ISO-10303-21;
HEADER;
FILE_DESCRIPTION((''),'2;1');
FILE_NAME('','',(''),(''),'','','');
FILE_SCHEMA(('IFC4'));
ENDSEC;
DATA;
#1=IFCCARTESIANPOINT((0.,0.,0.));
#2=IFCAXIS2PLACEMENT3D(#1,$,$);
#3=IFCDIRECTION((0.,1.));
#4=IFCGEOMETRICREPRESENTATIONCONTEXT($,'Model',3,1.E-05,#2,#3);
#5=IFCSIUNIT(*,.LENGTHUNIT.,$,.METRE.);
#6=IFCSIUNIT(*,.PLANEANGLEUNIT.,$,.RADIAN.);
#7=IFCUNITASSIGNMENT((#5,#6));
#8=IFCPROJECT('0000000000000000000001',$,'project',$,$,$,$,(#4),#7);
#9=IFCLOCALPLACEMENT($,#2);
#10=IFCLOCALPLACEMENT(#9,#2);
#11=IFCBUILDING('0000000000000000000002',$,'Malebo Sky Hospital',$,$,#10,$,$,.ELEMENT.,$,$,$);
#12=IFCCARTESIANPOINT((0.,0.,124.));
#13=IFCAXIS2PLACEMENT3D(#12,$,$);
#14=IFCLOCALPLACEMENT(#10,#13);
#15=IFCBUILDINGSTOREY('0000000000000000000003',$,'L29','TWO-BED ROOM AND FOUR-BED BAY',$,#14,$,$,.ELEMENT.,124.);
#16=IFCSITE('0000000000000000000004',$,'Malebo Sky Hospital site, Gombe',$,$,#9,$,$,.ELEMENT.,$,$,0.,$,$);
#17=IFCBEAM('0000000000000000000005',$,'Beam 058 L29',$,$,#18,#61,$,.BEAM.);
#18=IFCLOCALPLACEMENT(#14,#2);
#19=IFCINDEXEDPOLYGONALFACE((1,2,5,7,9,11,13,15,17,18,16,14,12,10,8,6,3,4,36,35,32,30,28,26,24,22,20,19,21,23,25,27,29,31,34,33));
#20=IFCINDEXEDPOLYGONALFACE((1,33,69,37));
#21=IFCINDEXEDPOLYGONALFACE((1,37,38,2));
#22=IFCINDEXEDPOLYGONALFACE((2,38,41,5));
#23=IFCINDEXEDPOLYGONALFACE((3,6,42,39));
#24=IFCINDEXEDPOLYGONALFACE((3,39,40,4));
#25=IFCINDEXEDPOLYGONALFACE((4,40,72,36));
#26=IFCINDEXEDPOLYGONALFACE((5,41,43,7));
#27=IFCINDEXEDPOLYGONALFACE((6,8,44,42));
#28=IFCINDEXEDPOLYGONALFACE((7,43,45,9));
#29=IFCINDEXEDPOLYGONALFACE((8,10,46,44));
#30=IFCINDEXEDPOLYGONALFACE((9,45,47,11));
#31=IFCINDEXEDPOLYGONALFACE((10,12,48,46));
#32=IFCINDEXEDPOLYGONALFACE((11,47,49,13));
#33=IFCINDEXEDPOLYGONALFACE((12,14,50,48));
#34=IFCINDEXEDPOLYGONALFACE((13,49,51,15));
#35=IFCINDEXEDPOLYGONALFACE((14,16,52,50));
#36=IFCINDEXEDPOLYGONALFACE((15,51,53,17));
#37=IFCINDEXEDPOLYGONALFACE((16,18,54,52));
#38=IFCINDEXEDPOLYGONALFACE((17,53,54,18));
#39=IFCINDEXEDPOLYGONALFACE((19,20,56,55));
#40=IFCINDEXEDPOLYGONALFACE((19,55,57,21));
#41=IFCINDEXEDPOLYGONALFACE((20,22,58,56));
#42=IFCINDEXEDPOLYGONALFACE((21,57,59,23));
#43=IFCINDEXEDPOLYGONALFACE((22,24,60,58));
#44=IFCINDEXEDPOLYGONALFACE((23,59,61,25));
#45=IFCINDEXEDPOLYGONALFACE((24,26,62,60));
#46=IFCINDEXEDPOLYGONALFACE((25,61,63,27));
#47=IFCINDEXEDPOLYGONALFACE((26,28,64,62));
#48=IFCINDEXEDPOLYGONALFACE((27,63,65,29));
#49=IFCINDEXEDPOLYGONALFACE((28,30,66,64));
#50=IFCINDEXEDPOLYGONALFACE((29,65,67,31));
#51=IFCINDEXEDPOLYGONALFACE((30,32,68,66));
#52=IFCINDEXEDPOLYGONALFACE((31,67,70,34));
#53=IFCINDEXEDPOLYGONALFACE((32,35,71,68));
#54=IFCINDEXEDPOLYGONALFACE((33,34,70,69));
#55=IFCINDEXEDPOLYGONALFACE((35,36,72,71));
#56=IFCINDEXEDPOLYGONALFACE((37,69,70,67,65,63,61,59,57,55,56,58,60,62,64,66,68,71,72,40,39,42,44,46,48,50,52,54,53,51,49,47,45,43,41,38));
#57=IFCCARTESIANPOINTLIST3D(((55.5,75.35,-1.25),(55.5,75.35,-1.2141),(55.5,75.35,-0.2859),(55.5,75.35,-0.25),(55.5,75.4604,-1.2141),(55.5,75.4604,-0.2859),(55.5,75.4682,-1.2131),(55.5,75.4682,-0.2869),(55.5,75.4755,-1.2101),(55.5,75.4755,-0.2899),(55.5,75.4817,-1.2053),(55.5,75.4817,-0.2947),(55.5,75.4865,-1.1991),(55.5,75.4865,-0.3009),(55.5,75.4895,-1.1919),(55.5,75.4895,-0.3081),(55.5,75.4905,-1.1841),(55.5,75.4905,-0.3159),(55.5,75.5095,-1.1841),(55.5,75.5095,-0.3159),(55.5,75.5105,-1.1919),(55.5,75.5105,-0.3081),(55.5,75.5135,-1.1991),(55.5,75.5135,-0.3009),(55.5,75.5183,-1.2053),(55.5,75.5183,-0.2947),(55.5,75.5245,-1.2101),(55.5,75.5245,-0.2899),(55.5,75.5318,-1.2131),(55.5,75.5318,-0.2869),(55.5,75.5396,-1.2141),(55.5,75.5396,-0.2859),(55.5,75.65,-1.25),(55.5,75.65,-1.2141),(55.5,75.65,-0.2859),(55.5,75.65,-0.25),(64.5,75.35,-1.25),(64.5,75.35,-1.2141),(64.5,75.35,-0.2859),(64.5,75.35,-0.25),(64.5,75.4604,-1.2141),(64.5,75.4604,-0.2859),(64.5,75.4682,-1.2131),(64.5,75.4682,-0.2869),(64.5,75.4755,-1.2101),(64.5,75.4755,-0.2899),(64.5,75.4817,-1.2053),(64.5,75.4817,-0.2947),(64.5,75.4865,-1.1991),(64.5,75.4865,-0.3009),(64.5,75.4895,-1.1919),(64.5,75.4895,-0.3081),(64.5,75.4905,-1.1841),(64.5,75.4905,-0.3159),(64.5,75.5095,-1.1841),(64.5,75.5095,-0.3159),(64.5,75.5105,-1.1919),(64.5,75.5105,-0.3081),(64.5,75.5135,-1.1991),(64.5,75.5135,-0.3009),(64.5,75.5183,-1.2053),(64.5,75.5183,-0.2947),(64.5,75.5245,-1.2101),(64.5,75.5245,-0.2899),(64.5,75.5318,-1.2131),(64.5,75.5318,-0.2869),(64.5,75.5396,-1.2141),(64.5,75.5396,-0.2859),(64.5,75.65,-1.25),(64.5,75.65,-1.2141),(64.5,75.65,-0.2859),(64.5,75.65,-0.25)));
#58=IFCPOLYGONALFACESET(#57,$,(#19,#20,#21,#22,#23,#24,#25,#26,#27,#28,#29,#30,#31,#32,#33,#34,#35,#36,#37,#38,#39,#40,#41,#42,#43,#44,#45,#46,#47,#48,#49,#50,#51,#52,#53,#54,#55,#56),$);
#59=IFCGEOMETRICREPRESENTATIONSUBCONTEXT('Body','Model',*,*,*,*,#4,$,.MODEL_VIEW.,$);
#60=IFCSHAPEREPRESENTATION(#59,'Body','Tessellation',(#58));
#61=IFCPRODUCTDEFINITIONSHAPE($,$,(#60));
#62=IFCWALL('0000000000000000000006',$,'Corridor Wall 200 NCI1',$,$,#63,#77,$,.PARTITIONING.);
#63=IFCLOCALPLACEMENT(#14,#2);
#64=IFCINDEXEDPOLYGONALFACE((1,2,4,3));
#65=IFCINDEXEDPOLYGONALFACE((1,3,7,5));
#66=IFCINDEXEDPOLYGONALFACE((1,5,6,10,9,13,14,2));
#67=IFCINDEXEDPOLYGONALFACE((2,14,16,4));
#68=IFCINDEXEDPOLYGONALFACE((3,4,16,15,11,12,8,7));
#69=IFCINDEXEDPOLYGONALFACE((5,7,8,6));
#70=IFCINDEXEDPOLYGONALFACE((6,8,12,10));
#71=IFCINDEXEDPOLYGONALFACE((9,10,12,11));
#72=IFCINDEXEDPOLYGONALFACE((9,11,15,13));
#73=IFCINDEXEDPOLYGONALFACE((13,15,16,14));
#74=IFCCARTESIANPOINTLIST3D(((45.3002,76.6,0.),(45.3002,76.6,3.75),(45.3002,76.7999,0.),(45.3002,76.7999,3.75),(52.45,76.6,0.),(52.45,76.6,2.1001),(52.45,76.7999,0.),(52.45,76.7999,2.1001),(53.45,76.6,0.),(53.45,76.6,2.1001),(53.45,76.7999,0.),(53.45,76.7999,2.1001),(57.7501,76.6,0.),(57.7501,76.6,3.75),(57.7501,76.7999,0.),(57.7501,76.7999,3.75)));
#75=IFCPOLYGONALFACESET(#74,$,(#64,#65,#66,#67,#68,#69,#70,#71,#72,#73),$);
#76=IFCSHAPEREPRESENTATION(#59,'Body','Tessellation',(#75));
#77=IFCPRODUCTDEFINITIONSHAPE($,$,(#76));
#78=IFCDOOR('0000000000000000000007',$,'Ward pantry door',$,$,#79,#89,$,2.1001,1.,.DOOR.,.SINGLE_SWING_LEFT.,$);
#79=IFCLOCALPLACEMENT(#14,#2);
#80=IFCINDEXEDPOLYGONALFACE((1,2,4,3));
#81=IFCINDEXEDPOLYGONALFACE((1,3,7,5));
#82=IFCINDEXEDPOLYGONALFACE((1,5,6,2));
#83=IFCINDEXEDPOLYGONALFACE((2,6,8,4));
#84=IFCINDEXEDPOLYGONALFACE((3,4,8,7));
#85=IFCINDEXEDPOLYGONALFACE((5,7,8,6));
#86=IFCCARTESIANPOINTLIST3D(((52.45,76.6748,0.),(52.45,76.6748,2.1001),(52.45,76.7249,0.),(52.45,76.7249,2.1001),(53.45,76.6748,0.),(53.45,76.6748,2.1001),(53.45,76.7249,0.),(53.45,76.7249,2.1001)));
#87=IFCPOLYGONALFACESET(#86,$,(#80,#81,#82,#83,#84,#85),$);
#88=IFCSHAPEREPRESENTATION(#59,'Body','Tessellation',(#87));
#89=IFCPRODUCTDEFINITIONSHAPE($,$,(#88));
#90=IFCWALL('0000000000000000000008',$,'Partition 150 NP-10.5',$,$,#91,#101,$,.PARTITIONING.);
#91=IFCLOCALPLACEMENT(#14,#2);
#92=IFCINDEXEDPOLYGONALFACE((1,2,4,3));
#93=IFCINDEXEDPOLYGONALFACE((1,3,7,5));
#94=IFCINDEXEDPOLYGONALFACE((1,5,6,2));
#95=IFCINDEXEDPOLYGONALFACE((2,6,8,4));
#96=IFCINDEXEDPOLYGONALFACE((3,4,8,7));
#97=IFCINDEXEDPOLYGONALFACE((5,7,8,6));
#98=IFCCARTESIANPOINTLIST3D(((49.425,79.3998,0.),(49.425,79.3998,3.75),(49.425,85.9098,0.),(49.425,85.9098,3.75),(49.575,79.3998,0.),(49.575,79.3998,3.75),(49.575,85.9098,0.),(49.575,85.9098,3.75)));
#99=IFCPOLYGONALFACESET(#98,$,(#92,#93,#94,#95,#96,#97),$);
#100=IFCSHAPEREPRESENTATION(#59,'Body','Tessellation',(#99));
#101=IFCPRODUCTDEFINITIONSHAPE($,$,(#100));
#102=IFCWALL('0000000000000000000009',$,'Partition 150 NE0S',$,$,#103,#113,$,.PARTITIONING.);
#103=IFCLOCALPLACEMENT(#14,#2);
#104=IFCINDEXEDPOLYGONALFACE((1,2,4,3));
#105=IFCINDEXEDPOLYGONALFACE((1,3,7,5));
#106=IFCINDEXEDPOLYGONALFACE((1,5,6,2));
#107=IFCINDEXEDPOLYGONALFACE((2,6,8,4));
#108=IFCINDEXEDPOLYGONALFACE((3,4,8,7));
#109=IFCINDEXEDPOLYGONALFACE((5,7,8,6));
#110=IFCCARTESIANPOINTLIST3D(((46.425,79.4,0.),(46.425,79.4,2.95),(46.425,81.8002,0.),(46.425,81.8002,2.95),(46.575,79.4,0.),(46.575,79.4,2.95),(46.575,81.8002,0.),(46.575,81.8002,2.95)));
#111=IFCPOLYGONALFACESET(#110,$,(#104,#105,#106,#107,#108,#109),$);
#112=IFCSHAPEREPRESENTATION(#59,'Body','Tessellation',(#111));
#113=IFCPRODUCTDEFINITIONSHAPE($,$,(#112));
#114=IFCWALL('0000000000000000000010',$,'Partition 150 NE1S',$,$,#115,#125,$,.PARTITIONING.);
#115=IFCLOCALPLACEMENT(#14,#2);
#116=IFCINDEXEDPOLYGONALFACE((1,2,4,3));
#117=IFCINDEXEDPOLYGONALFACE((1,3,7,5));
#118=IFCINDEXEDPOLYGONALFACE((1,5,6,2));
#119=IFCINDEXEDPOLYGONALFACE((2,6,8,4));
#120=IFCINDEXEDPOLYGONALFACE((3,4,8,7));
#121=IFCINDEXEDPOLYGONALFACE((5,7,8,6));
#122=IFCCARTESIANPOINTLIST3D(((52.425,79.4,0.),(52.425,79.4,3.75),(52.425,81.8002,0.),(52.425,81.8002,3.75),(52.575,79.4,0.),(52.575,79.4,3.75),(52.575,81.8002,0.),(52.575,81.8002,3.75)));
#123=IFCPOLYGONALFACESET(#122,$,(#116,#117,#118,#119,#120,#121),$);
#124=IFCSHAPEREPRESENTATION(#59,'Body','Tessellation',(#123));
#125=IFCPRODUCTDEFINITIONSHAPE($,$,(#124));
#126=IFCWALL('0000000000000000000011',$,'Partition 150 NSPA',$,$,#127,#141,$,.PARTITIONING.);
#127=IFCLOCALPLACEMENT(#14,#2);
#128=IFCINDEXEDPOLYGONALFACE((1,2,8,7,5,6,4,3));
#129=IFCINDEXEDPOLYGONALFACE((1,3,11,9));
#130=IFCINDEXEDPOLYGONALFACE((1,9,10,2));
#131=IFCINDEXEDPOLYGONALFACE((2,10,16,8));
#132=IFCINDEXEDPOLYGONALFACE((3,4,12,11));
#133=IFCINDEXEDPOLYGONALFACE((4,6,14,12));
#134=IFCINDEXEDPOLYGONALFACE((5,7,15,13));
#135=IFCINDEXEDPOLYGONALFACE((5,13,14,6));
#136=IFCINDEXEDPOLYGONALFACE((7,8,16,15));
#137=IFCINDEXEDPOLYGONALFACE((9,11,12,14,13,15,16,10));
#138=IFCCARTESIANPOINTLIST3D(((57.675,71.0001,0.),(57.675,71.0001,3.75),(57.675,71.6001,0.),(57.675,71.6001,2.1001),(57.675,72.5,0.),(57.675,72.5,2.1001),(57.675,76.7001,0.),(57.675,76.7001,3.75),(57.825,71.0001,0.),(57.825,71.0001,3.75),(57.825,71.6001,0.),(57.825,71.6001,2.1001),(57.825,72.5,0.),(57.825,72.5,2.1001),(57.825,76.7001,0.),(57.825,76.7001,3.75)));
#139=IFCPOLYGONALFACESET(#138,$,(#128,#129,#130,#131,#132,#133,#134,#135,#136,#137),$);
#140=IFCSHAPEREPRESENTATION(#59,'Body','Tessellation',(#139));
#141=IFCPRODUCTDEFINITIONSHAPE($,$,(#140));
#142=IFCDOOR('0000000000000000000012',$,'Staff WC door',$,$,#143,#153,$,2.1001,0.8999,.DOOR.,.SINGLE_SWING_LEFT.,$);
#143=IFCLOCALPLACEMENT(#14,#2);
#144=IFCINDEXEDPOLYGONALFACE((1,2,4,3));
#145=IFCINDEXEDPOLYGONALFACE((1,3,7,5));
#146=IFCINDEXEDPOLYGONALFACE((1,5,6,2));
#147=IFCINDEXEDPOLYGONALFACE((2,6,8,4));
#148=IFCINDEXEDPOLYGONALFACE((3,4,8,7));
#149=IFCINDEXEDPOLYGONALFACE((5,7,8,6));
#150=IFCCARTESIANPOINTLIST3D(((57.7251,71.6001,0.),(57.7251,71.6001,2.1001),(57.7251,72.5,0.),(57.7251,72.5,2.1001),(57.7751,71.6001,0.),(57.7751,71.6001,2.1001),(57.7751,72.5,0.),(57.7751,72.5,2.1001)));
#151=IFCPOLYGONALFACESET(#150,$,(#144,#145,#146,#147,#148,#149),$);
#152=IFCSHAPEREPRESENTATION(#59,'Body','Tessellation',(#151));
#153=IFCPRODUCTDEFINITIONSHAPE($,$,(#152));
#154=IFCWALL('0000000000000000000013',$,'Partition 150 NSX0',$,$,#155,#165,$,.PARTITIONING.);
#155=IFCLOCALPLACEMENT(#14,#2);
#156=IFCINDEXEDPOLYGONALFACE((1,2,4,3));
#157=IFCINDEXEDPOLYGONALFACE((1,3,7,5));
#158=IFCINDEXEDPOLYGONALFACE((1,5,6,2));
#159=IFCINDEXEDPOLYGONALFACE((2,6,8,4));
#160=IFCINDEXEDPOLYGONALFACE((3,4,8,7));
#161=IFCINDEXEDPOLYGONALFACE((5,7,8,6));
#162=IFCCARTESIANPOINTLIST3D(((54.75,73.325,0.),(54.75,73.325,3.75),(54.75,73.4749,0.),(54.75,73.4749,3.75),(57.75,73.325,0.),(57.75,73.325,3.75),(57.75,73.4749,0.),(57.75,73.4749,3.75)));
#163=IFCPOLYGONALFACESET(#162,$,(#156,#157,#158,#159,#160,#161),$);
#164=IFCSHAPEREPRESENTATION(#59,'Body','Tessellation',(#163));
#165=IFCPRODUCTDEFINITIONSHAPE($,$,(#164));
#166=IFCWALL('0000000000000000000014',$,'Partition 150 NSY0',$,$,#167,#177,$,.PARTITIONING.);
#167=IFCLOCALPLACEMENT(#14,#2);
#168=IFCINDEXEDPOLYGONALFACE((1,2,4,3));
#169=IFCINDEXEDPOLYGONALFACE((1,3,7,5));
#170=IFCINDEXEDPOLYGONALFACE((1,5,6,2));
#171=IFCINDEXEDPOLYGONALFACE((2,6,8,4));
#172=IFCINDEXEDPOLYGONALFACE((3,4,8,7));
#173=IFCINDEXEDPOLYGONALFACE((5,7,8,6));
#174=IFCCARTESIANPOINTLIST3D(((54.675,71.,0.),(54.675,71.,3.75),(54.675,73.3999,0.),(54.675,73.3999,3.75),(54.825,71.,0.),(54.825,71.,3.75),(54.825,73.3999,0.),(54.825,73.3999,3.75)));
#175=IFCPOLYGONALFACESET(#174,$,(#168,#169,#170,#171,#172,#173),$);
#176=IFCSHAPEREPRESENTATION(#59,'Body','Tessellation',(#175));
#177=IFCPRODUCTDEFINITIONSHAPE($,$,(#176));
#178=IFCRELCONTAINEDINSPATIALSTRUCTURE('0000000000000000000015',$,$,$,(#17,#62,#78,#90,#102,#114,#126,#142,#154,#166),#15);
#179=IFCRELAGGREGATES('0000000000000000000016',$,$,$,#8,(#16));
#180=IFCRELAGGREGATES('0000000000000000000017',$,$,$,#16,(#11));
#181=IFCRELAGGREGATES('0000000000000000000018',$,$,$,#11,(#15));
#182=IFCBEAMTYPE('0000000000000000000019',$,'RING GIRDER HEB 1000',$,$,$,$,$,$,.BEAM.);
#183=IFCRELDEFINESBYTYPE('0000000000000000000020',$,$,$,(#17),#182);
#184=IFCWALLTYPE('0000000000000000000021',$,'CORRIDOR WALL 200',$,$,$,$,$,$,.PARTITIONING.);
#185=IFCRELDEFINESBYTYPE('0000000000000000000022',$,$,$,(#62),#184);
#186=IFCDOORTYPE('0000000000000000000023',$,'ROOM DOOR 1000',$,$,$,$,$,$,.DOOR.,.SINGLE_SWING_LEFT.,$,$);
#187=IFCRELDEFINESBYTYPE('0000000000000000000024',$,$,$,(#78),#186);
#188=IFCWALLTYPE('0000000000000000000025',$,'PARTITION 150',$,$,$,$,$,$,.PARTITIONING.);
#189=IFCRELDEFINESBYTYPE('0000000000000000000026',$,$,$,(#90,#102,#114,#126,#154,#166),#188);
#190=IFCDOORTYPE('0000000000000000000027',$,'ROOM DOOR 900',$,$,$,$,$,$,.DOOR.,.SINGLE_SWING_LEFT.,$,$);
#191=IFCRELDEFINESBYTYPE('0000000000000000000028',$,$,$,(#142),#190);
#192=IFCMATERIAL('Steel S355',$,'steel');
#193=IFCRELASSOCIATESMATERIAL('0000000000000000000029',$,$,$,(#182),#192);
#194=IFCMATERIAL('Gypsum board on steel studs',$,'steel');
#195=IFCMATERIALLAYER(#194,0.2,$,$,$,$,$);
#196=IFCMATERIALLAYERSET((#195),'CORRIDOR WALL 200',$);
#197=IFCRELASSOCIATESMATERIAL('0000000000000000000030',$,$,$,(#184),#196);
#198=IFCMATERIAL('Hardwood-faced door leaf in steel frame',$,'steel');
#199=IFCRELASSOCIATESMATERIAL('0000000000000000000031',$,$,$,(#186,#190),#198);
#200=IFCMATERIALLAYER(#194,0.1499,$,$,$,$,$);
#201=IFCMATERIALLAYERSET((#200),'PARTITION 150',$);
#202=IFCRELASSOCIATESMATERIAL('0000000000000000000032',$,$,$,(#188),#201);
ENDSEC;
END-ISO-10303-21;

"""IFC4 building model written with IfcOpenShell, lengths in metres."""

from ifc_helpers import new_model, si_unit, direction, frame, frame_2d, origin, origin_2d, place, context, subcontext, project, spatial, rectangle, i_section, extrude, material, layer, layer_set, material_profile, profile_set, type_object, element, fill, save


model = new_model("IFC4")

# Units and contexts
model_context = context("Model", 3, precision=1e-05, world=origin(), true_north=direction((0.0, 1.0)))
body_context = subcontext(model_context, "Body", "Model", "MODEL_VIEW")
ifc_project = project(units=[si_unit("LENGTHUNIT", "METRE"), si_unit("PLANEANGLEUNIT", "RADIAN")], contexts=[model_context])

# Site, building, storey
site_placement = place(None, origin())
site = spatial("IfcSite", under=ifc_project, at=site_placement, Name="Malebo Sky Hospital site, Gombe", CompositionType="ELEMENT", RefElevation=0.0)
building_placement = place(site_placement, origin())
building = spatial("IfcBuilding", under=site, at=building_placement, Name="Malebo Sky Hospital", CompositionType="ELEMENT")
storey_placement = place(building_placement, frame((0.0, 0.0, 124.0)))
storey = spatial("IfcBuildingStorey", under=building, at=storey_placement, Name="L29", Description="TWO-BED ROOM AND FOUR-BED BAY", CompositionType="ELEMENT", Elevation=124.0)

# Beam
ifc_material_1 = material(Name="Steel S355", Category="steel")
ifc_material_profile_1 = material_profile(ifc_material_1, i_section(OverallWidth=0.3, OverallDepth=1.0, WebThickness=0.019, FlangeThickness=0.0359, FilletRadius=0.03, at=origin_2d()), Name="HEB 1000")
ifc_profile_set_1 = profile_set([ifc_material_profile_1], Name="Steel S355")
beam_type_1 = type_object("IfcBeamType", Name="RING GIRDER HEB 1000", PredefinedType="BEAM", material=ifc_profile_set_1)
beam_1_placement = place(storey_placement, frame((55.5, 75.5, -0.75), z_axis=(1.0, 0.0, 0.0), x_axis=(0.0, 1.0, 0.0)))
element("IfcBeam", 1, at=beam_1_placement, inside=storey, type_object=beam_type_1, Name="Beam 058 L29", PredefinedType="BEAM", context=body_context, shape_type="SweptSolid", body=[
    extrude(i_section(OverallWidth=0.3, OverallDepth=1.0, WebThickness=0.019, FlangeThickness=0.0359, FilletRadius=0.03, at=origin_2d()), origin(), (0.0, 0.0, 1.0), 9.0),
])

# Wall, opening, door
ifc_material_2 = material(Name="Gypsum board on steel studs", Category="steel")
ifc_layer_1 = layer(ifc_material_2, 0.2)
ifc_layer_set_1 = layer_set([ifc_layer_1], Name="CORRIDOR WALL 200")
wall_type_1 = type_object("IfcWallType", Name="CORRIDOR WALL 200", PredefinedType="PARTITIONING", material=ifc_layer_set_1)
wall_1_placement = place(storey_placement, frame((45.3, 76.7, 0.0), z_axis=(0.0, 0.0, 1.0), x_axis=(1.0, 0.0, 0.0)))
wall_1 = element("IfcWall", 2, at=wall_1_placement, inside=storey, type_object=wall_type_1, Name="Corridor Wall 200 NCI1", PredefinedType="PARTITIONING", context=body_context, shape_type="SweptSolid", body=[
    extrude(rectangle(XDim=12.45, YDim=0.2, at=frame_2d((6.2251, 0.0))), origin(), (0.0, 0.0, 1.0), 3.75),
])
opening_1_placement = place(wall_1_placement, frame((7.1499, 0.0, 0.0)))
opening_1 = element("IfcOpeningElement", 3, at=opening_1_placement, cuts=wall_1, PredefinedType="OPENING", context=body_context, shape_type="SweptSolid", body=[
    extrude(rectangle(XDim=1.0, YDim=2.1001, at=frame_2d((0.5, 1.05))), frame((0.0, 0.1099, 0.0), z_axis=(0.0, -1.0, 0.0), x_axis=(1.0, 0.0, 0.0)), (0.0, 0.0, 1.0), 0.22),
])
ifc_material_3 = material(Name="Hardwood-faced door leaf in steel frame", Category="steel")
door_type_1 = type_object("IfcDoorType", Name="ROOM DOOR 1000", OperationType="SINGLE_SWING_LEFT", PredefinedType="DOOR", material=ifc_material_3)
door_1_placement = place(opening_1_placement, origin())
door_1 = element("IfcDoor", 4, at=door_1_placement, inside=storey, type_object=door_type_1, Name="Ward pantry door", OperationType="SINGLE_SWING_LEFT", OverallHeight=2.1001, OverallWidth=1.0, PredefinedType="DOOR", context=body_context, shape_type="SweptSolid", body=[
    extrude(rectangle(XDim=1.0, YDim=2.1001, at=frame_2d((0.5, 1.05))), frame((0.0, 0.0249, 0.0), z_axis=(0.0, -1.0, 0.0), x_axis=(1.0, 0.0, 0.0)), (0.0, 0.0, 1.0), 0.05),
])
fill(opening_1, door_1)

# Walls
ifc_layer_2 = layer(ifc_material_2, 0.1499)
ifc_layer_set_2 = layer_set([ifc_layer_2], Name="PARTITION 150")
wall_type_2 = type_object("IfcWallType", Name="PARTITION 150", PredefinedType="PARTITIONING", material=ifc_layer_set_2)
wall_2_placement = place(storey_placement, frame((49.5, 79.3999, 0.0), z_axis=(0.0, 0.0, 1.0), x_axis=(0.0, 1.0, 0.0)))
element("IfcWall", 5, at=wall_2_placement, inside=storey, type_object=wall_type_2, Name="Partition 150 NP-10.5", PredefinedType="PARTITIONING", context=body_context, shape_type="SweptSolid", body=[
    extrude(rectangle(XDim=6.51, YDim=0.1499, at=frame_2d((3.2549, 0.0))), origin(), (0.0, 0.0, 1.0), 3.75),
])
wall_3_placement = place(storey_placement, frame((46.5, 79.3999, 0.0), z_axis=(0.0, 0.0, 1.0), x_axis=(0.0, 1.0, 0.0)))
element("IfcWall", 6, at=wall_3_placement, inside=storey, type_object=wall_type_2, Name="Partition 150 NE0S", PredefinedType="PARTITIONING", context=body_context, shape_type="SweptSolid", body=[
    extrude(rectangle(XDim=2.4001, YDim=0.1499, at=frame_2d((1.2002, 0.0))), origin(), (0.0, 0.0, 1.0), 2.95),
])
wall_4_placement = place(storey_placement, frame((52.5, 79.3999, 0.0), z_axis=(0.0, 0.0, 1.0), x_axis=(0.0, 1.0, 0.0)))
element("IfcWall", 7, at=wall_4_placement, inside=storey, type_object=wall_type_2, Name="Partition 150 NE1S", PredefinedType="PARTITIONING", context=body_context, shape_type="SweptSolid", body=[
    extrude(rectangle(XDim=2.4001, YDim=0.1499, at=frame_2d((1.2002, 0.0))), origin(), (0.0, 0.0, 1.0), 3.75),
])

# Wall, opening, door
wall_5_placement = place(storey_placement, frame((57.75, 71.0, 0.0), z_axis=(0.0, 0.0, 1.0), x_axis=(0.0, 1.0, 0.0)))
wall_5 = element("IfcWall", 8, at=wall_5_placement, inside=storey, type_object=wall_type_2, Name="Partition 150 NSPA", PredefinedType="PARTITIONING", context=body_context, shape_type="SweptSolid", body=[
    extrude(rectangle(XDim=5.7, YDim=0.1499, at=frame_2d((2.8501, 0.0))), origin(), (0.0, 0.0, 1.0), 3.75),
])
opening_2_placement = place(wall_5_placement, frame((0.6001, 0.0, 0.0)))
opening_2 = element("IfcOpeningElement", 9, at=opening_2_placement, cuts=wall_5, PredefinedType="OPENING", context=body_context, shape_type="SweptSolid", body=[
    extrude(rectangle(XDim=0.8999, YDim=2.1001, at=frame_2d((0.45, 1.05))), frame((0.0, 0.085, 0.0), z_axis=(0.0, -1.0, 0.0), x_axis=(1.0, 0.0, 0.0)), (0.0, 0.0, 1.0), 0.1699),
])
door_type_2 = type_object("IfcDoorType", Name="ROOM DOOR 900", OperationType="SINGLE_SWING_LEFT", PredefinedType="DOOR", material=ifc_material_3)
door_2_placement = place(opening_2_placement, origin())
door_2 = element("IfcDoor", 10, at=door_2_placement, inside=storey, type_object=door_type_2, Name="Staff WC door", OperationType="SINGLE_SWING_LEFT", OverallHeight=2.1001, OverallWidth=0.8999, PredefinedType="DOOR", context=body_context, shape_type="SweptSolid", body=[
    extrude(rectangle(XDim=0.8999, YDim=2.1001, at=frame_2d((0.45, 1.05))), frame((0.0, 0.0249, 0.0), z_axis=(0.0, -1.0, 0.0), x_axis=(1.0, 0.0, 0.0)), (0.0, 0.0, 1.0), 0.05),
])
fill(opening_2, door_2)

# Walls
wall_6_placement = place(storey_placement, frame((54.75, 73.3999, 0.0), z_axis=(0.0, 0.0, 1.0), x_axis=(1.0, 0.0, 0.0)))
element("IfcWall", 11, at=wall_6_placement, inside=storey, type_object=wall_type_2, Name="Partition 150 NSX0", PredefinedType="PARTITIONING", context=body_context, shape_type="SweptSolid", body=[
    extrude(rectangle(XDim=3.0, YDim=0.1499, at=frame_2d((1.5, 0.0))), origin(), (0.0, 0.0, 1.0), 3.75),
])
wall_7_placement = place(storey_placement, frame((54.75, 71.0, 0.0), z_axis=(0.0, 0.0, 1.0), x_axis=(0.0, 1.0, 0.0)))
element("IfcWall", 12, at=wall_7_placement, inside=storey, type_object=wall_type_2, Name="Partition 150 NSY0", PredefinedType="PARTITIONING", context=body_context, shape_type="SweptSolid", body=[
    extrude(rectangle(XDim=2.3999, YDim=0.1499, at=frame_2d((1.2, 0.0))), origin(), (0.0, 0.0, 1.0), 3.75),
])

save(model, "model.ifc")
